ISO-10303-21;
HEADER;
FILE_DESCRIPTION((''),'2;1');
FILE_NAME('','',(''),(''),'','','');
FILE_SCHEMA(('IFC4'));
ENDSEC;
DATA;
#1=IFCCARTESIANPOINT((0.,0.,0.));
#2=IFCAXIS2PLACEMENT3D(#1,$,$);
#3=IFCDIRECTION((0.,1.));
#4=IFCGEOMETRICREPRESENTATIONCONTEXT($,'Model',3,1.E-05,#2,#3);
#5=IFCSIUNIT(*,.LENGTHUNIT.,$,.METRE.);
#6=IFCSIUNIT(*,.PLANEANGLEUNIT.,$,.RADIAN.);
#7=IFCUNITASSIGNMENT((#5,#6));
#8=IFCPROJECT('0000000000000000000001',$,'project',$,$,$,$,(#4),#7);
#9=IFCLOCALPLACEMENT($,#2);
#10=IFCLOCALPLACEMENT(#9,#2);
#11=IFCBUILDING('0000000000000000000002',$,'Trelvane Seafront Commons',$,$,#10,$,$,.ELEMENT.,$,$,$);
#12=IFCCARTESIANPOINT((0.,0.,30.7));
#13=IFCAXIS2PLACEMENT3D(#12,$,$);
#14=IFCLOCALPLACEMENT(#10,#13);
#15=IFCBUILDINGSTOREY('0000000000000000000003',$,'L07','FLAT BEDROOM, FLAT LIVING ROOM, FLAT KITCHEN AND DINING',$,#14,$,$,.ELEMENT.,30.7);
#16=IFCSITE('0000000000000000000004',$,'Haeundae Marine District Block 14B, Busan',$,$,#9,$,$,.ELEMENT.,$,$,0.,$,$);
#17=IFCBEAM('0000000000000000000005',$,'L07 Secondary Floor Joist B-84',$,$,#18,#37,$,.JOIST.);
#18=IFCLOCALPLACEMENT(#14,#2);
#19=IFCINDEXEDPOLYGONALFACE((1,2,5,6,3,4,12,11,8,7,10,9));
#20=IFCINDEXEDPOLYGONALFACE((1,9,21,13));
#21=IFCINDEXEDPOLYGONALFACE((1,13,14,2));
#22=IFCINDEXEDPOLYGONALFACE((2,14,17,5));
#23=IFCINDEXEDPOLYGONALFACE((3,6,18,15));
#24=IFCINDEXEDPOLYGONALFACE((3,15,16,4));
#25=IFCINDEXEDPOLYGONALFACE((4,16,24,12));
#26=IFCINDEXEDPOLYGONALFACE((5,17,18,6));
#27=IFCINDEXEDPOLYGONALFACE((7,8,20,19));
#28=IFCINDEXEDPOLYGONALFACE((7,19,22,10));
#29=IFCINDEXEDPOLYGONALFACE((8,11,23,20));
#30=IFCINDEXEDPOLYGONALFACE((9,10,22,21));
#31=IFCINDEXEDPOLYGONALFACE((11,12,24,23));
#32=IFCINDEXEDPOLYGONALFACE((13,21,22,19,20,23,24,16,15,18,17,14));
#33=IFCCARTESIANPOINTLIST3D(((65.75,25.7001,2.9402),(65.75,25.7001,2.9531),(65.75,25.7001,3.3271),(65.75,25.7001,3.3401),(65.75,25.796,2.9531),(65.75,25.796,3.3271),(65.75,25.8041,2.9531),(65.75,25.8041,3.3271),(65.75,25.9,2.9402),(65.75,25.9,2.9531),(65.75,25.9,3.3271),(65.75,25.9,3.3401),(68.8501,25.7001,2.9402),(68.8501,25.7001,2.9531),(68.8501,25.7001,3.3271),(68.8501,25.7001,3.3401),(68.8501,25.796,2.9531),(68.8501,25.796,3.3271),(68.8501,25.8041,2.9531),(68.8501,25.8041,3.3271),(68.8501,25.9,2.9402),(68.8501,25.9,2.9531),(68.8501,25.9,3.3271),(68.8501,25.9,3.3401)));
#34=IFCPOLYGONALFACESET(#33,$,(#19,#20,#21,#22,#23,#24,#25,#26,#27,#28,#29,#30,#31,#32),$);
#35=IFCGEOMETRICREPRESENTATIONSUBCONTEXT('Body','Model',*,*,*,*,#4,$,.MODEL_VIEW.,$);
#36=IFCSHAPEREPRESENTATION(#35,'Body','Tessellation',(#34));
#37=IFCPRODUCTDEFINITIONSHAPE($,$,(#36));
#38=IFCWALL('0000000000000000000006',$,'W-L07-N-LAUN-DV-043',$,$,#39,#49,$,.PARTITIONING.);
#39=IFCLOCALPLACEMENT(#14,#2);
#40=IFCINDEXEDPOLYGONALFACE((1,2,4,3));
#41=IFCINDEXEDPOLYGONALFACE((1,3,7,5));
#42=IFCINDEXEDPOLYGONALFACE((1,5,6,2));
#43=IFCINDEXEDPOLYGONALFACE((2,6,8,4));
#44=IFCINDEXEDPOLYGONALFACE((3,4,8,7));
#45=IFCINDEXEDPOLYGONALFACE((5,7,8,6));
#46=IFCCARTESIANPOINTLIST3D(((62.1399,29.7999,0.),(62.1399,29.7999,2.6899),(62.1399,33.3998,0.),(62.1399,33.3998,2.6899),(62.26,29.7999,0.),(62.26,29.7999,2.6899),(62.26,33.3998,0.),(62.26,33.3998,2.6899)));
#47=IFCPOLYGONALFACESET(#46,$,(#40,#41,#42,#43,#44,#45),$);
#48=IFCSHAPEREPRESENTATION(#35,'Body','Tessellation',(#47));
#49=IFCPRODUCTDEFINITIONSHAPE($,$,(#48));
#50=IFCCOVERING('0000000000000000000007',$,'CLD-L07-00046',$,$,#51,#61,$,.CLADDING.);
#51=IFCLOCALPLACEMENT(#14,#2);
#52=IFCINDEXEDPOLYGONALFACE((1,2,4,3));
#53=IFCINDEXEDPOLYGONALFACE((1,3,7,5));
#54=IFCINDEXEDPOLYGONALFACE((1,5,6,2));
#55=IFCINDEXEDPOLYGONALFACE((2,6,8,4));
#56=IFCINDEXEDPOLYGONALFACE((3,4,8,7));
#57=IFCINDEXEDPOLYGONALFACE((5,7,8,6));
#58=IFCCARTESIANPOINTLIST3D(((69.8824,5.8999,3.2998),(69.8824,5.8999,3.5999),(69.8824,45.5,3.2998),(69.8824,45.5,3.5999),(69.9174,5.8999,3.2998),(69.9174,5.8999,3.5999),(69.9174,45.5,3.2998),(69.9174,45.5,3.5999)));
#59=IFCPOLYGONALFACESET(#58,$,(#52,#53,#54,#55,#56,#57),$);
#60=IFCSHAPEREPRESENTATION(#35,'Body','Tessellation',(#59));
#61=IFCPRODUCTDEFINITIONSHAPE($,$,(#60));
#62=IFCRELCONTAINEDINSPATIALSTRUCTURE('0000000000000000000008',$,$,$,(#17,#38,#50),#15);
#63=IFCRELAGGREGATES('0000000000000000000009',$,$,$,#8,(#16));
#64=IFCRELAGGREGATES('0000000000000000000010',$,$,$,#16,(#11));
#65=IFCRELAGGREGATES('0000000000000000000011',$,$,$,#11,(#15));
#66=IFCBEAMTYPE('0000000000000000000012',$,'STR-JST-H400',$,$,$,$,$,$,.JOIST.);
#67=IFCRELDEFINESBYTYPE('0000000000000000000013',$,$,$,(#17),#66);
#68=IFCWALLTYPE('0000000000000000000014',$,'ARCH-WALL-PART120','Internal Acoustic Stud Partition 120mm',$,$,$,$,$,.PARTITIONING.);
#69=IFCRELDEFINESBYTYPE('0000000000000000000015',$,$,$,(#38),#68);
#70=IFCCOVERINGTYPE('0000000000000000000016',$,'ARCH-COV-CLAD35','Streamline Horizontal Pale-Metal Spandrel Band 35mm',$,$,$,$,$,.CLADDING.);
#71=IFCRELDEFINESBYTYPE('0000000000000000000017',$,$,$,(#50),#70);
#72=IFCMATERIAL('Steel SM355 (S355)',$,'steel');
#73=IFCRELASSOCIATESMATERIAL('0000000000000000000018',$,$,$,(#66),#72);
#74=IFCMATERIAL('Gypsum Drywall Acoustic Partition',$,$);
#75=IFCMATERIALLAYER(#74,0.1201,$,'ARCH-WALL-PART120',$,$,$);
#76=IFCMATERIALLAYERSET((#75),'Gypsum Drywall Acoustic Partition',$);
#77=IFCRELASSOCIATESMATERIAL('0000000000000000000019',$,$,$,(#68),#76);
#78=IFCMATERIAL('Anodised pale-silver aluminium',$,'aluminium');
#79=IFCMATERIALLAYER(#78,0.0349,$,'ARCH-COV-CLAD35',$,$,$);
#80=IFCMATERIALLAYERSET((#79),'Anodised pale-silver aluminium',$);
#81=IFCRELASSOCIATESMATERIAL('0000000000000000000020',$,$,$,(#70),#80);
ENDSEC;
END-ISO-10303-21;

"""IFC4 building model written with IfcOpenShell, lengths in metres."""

from ifc_helpers import new_model, si_unit, direction, frame, frame_2d, origin, origin_2d, place, context, subcontext, project, spatial, rectangle, i_section, extrude, source, transform, mapped, material, layer, layer_set, material_profile, profile_set, type_object, element, save


model = new_model("IFC4")

# Units and contexts
model_context = context("Model", 3, precision=1e-05, world=origin(), true_north=direction((0.0, 1.0)))
body_context = subcontext(model_context, "Body", "Model", "MODEL_VIEW")
ifc_project = project(units=[si_unit("LENGTHUNIT", "METRE"), si_unit("PLANEANGLEUNIT", "RADIAN")], contexts=[model_context])

# Site, building, storey
site_placement = place(None, origin())
site = spatial("IfcSite", under=ifc_project, at=site_placement, Name="Haeundae Marine District Block 14B, Busan", CompositionType="ELEMENT", RefElevation=0.0)
building_placement = place(site_placement, origin())
building = spatial("IfcBuilding", under=site, at=building_placement, Name="Trelvane Seafront Commons", CompositionType="ELEMENT")
storey_placement = place(building_placement, frame((0.0, 0.0, 30.7)))
storey = spatial("IfcBuildingStorey", under=building, at=storey_placement, Name="L07", Description="FLAT BEDROOM, FLAT LIVING ROOM, FLAT KITCHEN AND DINING", CompositionType="ELEMENT", Elevation=30.7)

# Shared definitions
ifc_material_1 = material(Name="Steel SM355 (S355)", Category="steel")

# Beam
ifc_material_profile_1 = material_profile(ifc_material_1, i_section(OverallWidth=0.2, OverallDepth=0.3999, WebThickness=0.0081, FlangeThickness=0.0129, at=origin_2d()), Name="H-400x200x8x13")
ifc_profile_set_1 = profile_set([ifc_material_profile_1], Name="Steel SM355 (S355)")
beam_type_1 = type_object("IfcBeamType", Name="STR-JST-H400", PredefinedType="JOIST", material=ifc_profile_set_1)
shared_shape_1 = source(origin(), body_context, "Body", "SweptSolid", [
    extrude(i_section(OverallWidth=0.2, OverallDepth=0.3999, WebThickness=0.0081, FlangeThickness=0.0129, at=origin_2d()), origin(), (0.0, 0.0, 1.0), 3.1001),
])
beam_1_placement = place(storey_placement, frame((65.75, 25.8, 3.1401), z_axis=(1.0, 0.0, 0.0), x_axis=(0.0, 1.0, 0.0)))
element("IfcBeam", 1, at=beam_1_placement, inside=storey, type_object=beam_type_1, Name="L07 Secondary Floor Joist B-84", PredefinedType="JOIST", context=body_context, shape_type="MappedRepresentation", body=[
    mapped(shared_shape_1, transform((0.0, 0.0, 0.0), x_axis=(1.0, 0.0, 0.0), y_axis=(0.0, 1.0, 0.0), z_axis=(0.0, 0.0, 1.0), scale=1.0)),
])

# Wall
ifc_material_2 = material(Name="Gypsum Drywall Acoustic Partition")
ifc_layer_1 = layer(ifc_material_2, 0.1201, Name="ARCH-WALL-PART120")
ifc_layer_set_1 = layer_set([ifc_layer_1], Name="Gypsum Drywall Acoustic Partition")
wall_type_1 = type_object("IfcWallType", Name="ARCH-WALL-PART120", Description="Internal Acoustic Stud Partition 120mm", PredefinedType="PARTITIONING", material=ifc_layer_set_1)
wall_1_placement = place(storey_placement, frame((62.2, 29.8, 0.0), z_axis=(0.0, 0.0, 1.0), x_axis=(0.0, 1.0, 0.0)))
element("IfcWall", 2, at=wall_1_placement, inside=storey, type_object=wall_type_1, Name="W-L07-N-LAUN-DV-043", PredefinedType="PARTITIONING", context=body_context, shape_type="SweptSolid", body=[
    extrude(rectangle(XDim=3.5999, YDim=0.1201, at=frame_2d((1.7998, 0.0))), origin(), (0.0, 0.0, 1.0), 2.6899),
])

# Covering
ifc_material_3 = material(Name="Anodised pale-silver aluminium", Category="aluminium")
ifc_layer_2 = layer(ifc_material_3, 0.0349, Name="ARCH-COV-CLAD35")
ifc_layer_set_2 = layer_set([ifc_layer_2], Name="Anodised pale-silver aluminium")
covering_type = type_object("IfcCoveringType", Name="ARCH-COV-CLAD35", Description="Streamline Horizontal Pale-Metal Spandrel Band 35mm", PredefinedType="CLADDING", material=ifc_layer_set_2)
shared_shape_2 = source(origin(), body_context, "Body", "SweptSolid", [
    extrude(rectangle(XDim=39.6001, YDim=0.0349, at=origin_2d()), origin(), (0.0, 0.0, 1.0), 0.3),
])
covering_placement = place(storey_placement, frame((69.8999, 25.7, 3.2998), z_axis=(0.0, 0.0, 1.0), x_axis=(0.0, -1.0, 0.0)))
element("IfcCovering", 3, at=covering_placement, inside=storey, type_object=covering_type, Name="CLD-L07-00046", PredefinedType="CLADDING", context=body_context, shape_type="MappedRepresentation", body=[
    mapped(shared_shape_2, transform((0.0, 0.0, 0.0), x_axis=(1.0, 0.0, 0.0), y_axis=(0.0, 1.0, 0.0), z_axis=(0.0, 0.0, 1.0), scale=1.0)),
])

save(model, "model.ifc")
